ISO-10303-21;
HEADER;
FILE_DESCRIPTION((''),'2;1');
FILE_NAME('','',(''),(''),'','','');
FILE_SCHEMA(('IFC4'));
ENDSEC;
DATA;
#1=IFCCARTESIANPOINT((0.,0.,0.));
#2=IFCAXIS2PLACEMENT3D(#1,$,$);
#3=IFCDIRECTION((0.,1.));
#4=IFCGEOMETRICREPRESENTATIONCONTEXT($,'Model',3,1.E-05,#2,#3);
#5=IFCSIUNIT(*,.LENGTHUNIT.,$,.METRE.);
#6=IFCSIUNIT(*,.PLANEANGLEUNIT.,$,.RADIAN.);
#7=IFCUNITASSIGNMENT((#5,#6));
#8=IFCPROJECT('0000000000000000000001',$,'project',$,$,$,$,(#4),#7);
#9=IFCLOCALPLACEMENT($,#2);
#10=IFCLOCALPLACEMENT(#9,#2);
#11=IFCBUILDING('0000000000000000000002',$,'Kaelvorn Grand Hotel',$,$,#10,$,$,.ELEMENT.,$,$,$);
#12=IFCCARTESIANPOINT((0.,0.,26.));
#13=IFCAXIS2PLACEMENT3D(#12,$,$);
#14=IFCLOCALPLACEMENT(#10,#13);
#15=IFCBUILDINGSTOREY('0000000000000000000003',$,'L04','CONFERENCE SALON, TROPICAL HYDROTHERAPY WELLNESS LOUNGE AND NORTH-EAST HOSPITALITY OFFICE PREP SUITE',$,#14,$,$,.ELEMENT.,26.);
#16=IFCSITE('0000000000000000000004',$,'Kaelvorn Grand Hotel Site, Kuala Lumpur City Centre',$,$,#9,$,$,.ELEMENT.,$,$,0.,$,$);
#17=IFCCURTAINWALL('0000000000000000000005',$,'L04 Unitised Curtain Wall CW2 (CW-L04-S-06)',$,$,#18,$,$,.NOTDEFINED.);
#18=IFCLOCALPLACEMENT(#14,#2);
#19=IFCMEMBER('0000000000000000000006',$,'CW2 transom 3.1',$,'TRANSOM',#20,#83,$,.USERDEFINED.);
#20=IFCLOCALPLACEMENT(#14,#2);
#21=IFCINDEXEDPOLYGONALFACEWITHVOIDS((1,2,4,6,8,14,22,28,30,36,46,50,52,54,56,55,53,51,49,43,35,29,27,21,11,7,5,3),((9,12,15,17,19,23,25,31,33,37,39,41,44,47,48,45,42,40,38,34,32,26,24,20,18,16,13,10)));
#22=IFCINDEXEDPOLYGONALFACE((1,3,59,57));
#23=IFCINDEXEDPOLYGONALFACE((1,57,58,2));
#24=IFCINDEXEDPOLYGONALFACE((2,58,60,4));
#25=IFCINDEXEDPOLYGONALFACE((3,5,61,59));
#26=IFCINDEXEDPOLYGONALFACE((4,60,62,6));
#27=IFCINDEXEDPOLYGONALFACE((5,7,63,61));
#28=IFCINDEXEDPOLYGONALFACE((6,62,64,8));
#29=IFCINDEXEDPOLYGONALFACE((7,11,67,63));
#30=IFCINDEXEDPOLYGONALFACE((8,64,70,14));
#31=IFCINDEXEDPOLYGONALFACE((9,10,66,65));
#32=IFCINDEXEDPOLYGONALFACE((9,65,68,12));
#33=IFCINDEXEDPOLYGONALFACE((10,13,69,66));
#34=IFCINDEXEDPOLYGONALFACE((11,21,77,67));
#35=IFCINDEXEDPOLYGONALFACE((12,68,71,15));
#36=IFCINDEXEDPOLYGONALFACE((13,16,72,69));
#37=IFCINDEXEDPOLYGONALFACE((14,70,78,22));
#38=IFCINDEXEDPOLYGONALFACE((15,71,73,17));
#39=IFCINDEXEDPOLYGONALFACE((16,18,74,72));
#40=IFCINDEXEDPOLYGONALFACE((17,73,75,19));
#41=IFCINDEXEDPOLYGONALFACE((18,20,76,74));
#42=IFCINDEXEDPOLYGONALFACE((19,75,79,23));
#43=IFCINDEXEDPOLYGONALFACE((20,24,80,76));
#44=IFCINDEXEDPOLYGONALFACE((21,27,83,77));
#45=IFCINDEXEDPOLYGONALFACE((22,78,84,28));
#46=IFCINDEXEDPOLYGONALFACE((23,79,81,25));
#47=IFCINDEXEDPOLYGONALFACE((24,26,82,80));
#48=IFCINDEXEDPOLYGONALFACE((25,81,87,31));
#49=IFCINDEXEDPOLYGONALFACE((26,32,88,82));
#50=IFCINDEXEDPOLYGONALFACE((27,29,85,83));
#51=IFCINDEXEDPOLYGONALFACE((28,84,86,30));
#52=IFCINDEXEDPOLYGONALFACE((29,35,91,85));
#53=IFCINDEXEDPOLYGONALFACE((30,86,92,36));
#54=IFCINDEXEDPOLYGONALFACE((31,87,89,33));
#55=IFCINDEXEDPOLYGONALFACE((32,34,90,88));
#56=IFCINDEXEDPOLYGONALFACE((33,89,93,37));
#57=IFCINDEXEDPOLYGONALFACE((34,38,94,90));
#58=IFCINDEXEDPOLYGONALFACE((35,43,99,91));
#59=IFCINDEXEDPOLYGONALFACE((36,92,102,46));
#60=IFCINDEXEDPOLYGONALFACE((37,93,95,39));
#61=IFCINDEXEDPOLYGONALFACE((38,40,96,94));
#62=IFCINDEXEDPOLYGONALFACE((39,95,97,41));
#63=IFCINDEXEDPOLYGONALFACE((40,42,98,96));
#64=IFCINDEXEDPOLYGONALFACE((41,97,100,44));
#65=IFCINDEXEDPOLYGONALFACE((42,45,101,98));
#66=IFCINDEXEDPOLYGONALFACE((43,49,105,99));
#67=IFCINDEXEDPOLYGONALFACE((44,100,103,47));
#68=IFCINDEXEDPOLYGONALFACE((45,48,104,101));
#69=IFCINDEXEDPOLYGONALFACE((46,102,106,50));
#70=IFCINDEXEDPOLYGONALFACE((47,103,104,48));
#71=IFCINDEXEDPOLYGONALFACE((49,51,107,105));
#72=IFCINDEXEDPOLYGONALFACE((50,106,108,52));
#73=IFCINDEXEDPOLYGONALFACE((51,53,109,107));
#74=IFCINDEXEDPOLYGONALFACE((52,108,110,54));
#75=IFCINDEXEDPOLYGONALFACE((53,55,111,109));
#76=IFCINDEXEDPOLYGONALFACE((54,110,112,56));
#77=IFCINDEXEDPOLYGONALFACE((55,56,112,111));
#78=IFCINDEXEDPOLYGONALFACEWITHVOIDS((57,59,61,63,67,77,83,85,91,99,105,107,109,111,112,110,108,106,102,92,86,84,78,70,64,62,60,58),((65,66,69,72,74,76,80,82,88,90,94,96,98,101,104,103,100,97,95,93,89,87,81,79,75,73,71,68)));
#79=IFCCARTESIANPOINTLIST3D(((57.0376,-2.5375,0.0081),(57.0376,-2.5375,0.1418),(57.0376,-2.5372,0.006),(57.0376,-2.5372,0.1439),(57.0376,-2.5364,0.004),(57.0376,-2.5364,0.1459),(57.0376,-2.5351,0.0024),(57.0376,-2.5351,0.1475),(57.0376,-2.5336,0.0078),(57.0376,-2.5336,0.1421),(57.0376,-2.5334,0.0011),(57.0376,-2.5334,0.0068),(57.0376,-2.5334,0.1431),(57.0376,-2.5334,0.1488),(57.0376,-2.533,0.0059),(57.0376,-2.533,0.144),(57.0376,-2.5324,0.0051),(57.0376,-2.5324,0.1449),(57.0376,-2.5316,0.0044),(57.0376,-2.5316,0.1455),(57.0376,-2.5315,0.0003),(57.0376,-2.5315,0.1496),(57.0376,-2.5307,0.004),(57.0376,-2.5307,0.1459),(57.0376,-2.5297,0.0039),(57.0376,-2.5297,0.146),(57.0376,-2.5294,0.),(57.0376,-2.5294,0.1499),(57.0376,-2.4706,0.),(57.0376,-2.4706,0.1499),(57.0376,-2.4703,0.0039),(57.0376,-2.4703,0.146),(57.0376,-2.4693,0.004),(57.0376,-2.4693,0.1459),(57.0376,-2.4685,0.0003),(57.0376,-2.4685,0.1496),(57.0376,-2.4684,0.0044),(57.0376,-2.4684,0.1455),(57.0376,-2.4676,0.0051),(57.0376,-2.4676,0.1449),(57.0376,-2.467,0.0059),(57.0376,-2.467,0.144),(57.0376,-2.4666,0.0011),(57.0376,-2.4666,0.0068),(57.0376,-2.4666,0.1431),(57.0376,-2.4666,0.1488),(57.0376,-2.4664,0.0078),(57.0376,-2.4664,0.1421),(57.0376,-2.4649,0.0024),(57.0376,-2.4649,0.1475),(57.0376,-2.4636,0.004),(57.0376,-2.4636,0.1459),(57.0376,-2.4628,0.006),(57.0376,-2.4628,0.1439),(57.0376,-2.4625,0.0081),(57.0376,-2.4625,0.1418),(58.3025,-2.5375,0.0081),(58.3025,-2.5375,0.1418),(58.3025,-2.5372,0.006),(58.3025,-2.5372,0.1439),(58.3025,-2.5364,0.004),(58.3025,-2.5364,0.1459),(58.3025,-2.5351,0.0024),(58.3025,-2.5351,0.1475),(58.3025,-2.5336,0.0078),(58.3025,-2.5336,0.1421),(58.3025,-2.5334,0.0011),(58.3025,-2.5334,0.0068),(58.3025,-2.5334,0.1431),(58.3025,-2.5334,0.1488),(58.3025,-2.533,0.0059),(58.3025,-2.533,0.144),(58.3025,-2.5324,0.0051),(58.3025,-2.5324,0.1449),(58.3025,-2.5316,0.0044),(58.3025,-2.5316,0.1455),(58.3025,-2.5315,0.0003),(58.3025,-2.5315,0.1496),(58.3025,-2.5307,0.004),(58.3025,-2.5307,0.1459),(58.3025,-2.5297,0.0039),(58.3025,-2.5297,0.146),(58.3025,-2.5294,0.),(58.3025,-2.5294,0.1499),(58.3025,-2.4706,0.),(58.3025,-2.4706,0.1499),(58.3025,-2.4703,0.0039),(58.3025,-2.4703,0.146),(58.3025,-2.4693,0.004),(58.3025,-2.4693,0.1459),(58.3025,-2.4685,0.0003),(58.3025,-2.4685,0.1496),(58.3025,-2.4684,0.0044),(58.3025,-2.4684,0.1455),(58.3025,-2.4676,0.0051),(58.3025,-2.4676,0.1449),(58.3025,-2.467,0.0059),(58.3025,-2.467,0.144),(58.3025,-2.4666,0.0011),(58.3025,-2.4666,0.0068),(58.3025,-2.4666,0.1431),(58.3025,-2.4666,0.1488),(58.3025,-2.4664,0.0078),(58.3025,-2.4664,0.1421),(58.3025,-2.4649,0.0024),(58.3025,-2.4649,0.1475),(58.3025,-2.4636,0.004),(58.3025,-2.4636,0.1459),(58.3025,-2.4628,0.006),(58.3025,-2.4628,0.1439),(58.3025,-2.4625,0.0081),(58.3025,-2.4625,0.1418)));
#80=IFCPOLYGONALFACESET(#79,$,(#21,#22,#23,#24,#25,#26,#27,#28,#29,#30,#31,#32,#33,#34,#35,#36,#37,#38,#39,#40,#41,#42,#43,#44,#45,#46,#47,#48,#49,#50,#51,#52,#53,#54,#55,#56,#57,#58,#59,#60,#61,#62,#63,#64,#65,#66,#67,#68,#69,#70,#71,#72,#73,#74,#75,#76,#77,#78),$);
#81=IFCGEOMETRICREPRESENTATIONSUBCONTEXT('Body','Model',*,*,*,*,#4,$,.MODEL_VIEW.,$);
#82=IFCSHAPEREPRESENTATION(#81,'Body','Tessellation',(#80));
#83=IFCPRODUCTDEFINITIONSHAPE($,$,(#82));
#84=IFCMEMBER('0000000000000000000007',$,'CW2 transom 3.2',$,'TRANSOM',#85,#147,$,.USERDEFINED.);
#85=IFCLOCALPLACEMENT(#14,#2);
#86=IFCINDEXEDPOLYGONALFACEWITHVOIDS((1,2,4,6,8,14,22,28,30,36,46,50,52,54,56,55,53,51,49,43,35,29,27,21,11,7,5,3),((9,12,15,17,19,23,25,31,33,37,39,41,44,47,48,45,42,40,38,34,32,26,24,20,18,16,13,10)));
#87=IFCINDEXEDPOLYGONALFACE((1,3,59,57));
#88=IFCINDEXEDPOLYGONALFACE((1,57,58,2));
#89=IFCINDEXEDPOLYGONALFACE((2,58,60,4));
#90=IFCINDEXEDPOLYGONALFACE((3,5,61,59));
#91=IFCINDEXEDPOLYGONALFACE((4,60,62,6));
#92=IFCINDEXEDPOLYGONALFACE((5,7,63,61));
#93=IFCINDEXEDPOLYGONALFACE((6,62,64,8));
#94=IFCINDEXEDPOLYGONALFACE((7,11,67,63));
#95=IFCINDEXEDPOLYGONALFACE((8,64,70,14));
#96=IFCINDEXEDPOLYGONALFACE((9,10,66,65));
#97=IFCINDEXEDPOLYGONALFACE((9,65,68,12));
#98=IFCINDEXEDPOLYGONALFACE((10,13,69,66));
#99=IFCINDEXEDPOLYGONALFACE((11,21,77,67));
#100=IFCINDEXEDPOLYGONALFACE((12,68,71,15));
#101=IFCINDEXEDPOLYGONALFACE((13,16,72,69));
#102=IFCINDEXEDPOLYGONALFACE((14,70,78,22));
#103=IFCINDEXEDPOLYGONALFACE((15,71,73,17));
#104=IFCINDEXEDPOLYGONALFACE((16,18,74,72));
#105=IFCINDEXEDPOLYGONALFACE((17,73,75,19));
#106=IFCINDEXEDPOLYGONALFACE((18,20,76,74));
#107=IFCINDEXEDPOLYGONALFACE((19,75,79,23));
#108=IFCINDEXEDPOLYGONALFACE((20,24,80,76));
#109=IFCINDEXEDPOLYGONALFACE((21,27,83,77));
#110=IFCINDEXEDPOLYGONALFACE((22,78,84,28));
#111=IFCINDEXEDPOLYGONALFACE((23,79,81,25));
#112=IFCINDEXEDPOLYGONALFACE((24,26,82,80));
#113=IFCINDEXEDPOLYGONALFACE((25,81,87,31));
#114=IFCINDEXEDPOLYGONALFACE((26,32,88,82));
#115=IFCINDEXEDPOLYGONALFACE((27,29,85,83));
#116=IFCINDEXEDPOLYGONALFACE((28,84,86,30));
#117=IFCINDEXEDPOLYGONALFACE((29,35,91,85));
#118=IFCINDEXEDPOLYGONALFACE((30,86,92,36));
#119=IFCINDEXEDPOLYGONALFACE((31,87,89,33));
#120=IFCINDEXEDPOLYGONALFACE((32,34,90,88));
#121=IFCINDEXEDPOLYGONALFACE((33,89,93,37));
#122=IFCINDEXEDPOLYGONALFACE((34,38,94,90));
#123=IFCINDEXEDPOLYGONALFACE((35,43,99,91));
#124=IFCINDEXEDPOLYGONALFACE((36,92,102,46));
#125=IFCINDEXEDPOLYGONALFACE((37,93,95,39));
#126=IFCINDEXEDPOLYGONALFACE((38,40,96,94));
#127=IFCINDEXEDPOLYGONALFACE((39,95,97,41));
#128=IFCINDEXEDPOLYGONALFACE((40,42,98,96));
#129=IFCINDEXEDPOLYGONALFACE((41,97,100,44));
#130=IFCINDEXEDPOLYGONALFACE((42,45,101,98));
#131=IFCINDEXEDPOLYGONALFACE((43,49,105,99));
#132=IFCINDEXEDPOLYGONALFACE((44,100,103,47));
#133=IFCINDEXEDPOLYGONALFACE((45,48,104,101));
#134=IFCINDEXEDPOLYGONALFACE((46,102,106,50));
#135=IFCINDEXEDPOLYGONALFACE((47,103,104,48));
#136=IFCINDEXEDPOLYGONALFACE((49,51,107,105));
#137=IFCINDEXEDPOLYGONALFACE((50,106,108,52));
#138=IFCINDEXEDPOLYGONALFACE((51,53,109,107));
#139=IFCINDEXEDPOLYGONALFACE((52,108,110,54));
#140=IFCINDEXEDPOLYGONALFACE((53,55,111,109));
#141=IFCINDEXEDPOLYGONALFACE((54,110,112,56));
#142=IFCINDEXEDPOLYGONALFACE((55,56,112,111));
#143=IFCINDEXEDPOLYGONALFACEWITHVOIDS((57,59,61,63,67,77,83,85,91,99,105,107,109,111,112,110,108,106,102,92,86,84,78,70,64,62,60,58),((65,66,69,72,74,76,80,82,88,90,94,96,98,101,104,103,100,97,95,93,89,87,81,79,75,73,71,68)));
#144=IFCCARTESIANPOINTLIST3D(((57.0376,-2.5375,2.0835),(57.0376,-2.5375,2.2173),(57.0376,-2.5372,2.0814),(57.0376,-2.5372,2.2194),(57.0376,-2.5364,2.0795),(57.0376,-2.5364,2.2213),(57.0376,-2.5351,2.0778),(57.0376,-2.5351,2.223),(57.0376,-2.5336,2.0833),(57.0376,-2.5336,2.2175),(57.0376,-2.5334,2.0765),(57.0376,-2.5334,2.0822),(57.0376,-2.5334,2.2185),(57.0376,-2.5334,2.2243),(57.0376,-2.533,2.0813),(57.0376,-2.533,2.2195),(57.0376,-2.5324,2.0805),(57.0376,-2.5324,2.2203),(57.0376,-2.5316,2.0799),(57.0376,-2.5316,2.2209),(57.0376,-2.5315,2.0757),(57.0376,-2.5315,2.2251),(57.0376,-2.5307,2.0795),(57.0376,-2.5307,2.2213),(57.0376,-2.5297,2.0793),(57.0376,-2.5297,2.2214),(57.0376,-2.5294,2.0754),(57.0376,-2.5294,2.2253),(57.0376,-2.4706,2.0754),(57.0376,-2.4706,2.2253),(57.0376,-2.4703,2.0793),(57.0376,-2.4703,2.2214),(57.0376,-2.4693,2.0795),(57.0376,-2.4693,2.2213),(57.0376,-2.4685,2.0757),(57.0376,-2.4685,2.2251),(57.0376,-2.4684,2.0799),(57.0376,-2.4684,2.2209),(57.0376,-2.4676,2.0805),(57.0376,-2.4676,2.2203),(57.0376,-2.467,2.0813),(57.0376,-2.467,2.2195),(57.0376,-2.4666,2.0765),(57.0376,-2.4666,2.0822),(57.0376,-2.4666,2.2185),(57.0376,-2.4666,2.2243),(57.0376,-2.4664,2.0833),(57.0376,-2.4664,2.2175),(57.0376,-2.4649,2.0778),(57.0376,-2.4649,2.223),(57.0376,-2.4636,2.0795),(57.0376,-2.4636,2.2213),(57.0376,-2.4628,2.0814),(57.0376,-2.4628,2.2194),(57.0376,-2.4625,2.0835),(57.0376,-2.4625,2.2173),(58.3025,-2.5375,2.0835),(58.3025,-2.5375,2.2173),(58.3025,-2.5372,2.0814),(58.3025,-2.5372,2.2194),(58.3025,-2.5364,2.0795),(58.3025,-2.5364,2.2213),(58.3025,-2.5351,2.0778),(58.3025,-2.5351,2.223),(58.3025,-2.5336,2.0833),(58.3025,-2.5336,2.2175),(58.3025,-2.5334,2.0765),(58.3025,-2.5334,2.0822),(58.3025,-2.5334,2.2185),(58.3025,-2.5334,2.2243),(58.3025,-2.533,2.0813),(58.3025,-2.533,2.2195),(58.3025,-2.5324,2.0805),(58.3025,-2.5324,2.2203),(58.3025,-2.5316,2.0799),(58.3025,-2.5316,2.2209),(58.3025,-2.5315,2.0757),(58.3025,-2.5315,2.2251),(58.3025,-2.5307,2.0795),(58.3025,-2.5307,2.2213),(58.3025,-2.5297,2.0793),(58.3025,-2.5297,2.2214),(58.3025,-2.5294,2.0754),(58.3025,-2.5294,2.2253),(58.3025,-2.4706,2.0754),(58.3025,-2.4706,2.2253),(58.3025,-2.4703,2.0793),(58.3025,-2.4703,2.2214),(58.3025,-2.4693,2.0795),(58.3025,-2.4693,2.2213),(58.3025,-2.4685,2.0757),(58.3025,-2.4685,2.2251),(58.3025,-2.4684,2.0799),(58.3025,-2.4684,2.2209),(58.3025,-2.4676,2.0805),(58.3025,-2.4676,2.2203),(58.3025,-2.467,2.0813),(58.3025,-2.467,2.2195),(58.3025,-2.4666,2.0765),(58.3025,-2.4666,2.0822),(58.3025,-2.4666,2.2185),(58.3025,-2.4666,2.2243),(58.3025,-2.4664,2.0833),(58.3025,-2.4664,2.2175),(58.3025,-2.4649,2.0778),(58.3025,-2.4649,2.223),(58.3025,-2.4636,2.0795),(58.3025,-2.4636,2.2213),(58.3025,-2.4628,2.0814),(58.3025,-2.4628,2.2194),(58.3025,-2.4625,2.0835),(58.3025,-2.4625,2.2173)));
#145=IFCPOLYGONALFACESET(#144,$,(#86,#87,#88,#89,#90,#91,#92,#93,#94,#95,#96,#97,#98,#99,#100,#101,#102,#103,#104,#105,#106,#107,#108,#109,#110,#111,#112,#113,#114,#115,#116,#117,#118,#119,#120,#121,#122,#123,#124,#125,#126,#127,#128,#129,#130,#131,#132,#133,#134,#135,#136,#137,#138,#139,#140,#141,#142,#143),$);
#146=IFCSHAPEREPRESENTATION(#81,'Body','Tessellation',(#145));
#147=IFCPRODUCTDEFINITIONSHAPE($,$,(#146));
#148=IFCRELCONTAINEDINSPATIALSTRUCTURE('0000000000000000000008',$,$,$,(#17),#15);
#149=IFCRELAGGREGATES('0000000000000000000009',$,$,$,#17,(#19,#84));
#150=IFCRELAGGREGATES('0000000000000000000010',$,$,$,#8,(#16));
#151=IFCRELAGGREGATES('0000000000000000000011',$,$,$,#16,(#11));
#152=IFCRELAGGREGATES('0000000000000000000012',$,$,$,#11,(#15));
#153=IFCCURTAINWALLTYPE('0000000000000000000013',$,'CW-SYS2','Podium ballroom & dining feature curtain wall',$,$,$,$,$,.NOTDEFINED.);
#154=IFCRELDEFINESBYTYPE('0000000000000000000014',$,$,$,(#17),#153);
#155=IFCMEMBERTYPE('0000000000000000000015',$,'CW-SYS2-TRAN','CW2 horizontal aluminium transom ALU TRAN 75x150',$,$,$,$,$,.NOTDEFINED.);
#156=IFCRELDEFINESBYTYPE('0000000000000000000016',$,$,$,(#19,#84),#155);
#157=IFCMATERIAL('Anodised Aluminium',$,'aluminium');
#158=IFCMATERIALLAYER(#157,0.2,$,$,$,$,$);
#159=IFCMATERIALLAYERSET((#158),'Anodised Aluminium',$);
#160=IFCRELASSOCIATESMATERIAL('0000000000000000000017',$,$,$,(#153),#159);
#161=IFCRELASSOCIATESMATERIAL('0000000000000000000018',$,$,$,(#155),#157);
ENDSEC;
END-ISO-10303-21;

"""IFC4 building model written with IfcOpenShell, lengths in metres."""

from ifc_helpers import new_model, si_unit, direction, frame, origin, origin_2d, place, context, subcontext, project, spatial, hollow_rectangle, extrude, material, layer, layer_set, material_profile, profile_set, type_object, element, aggregate, save


model = new_model("IFC4")

# Units and contexts
model_context = context("Model", 3, precision=1e-05, world=origin(), true_north=direction((0.0, 1.0)))
body_context = subcontext(model_context, "Body", "Model", "MODEL_VIEW")
ifc_project = project(units=[si_unit("LENGTHUNIT", "METRE"), si_unit("PLANEANGLEUNIT", "RADIAN")], contexts=[model_context])

# Site, building, storey
site_placement = place(None, origin())
site = spatial("IfcSite", under=ifc_project, at=site_placement, Name="Kaelvorn Grand Hotel Site, Kuala Lumpur City Centre", CompositionType="ELEMENT", RefElevation=0.0)
building_placement = place(site_placement, origin())
building = spatial("IfcBuilding", under=site, at=building_placement, Name="Kaelvorn Grand Hotel", CompositionType="ELEMENT")
storey_placement = place(building_placement, frame((0.0, 0.0, 26.0)))
storey = spatial("IfcBuildingStorey", under=building, at=storey_placement, Name="L04", Description="CONFERENCE SALON, TROPICAL HYDROTHERAPY WELLNESS LOUNGE AND NORTH-EAST HOSPITALITY OFFICE PREP SUITE", CompositionType="ELEMENT", Elevation=26.0)

# Curtain wall, members
ifc_material_1 = material(Name="Anodised Aluminium", Category="aluminium")
ifc_layer_1 = layer(ifc_material_1, 0.2)
ifc_layer_set_1 = layer_set([ifc_layer_1], Name="Anodised Aluminium")
curtain_wall_type = type_object("IfcCurtainWallType", Name="CW-SYS2", Description="Podium ballroom & dining feature curtain wall", PredefinedType="NOTDEFINED", material=ifc_layer_set_1)
curtain_wall_placement = place(storey_placement, origin())
curtain_wall = element("IfcCurtainWall", 1, at=curtain_wall_placement, inside=storey, type_object=curtain_wall_type, Name="L04 Unitised Curtain Wall CW2 (CW-L04-S-06)", PredefinedType="NOTDEFINED")
ifc_material_profile_1 = material_profile(ifc_material_1, hollow_rectangle(XDim=0.075, YDim=0.1499, WallThickness=0.0039, InnerFilletRadius=0.0039, OuterFilletRadius=0.0081, at=origin_2d()), Name="ALU TRAN 75x150")
ifc_profile_set_1 = profile_set([ifc_material_profile_1], Name="Anodised Aluminium")
member_type_1 = type_object("IfcMemberType", Name="CW-SYS2-TRAN", Description="CW2 horizontal aluminium transom ALU TRAN 75x150", PredefinedType="NOTDEFINED", material=ifc_profile_set_1)
member_1_placement = place(storey_placement, frame((57.0376, -2.5, 0.075), z_axis=(1.0, 0.0, 0.0), x_axis=(0.0, 1.0, 0.0)))
member_1 = element("IfcMember", 2, at=member_1_placement, type_object=member_type_1, Name="CW2 transom 3.1", ObjectType="TRANSOM", PredefinedType="USERDEFINED", context=body_context, shape_type="SweptSolid", body=[
    extrude(hollow_rectangle(XDim=0.075, YDim=0.1499, WallThickness=0.0039, InnerFilletRadius=0.0039, OuterFilletRadius=0.0081, at=origin_2d()), origin(), (0.0, 0.0, 1.0), 1.2649),
])
member_2_placement = place(storey_placement, frame((57.0376, -2.5, 2.1504), z_axis=(1.0, 0.0, 0.0), x_axis=(0.0, 1.0, 0.0)))
member_2 = element("IfcMember", 3, at=member_2_placement, type_object=member_type_1, Name="CW2 transom 3.2", ObjectType="TRANSOM", PredefinedType="USERDEFINED", context=body_context, shape_type="SweptSolid", body=[
    extrude(hollow_rectangle(XDim=0.075, YDim=0.1499, WallThickness=0.0039, InnerFilletRadius=0.0039, OuterFilletRadius=0.0081, at=origin_2d()), origin(), (0.0, 0.0, 1.0), 1.2649),
])
aggregate(curtain_wall, [member_1, member_2])

save(model, "model.ifc")
